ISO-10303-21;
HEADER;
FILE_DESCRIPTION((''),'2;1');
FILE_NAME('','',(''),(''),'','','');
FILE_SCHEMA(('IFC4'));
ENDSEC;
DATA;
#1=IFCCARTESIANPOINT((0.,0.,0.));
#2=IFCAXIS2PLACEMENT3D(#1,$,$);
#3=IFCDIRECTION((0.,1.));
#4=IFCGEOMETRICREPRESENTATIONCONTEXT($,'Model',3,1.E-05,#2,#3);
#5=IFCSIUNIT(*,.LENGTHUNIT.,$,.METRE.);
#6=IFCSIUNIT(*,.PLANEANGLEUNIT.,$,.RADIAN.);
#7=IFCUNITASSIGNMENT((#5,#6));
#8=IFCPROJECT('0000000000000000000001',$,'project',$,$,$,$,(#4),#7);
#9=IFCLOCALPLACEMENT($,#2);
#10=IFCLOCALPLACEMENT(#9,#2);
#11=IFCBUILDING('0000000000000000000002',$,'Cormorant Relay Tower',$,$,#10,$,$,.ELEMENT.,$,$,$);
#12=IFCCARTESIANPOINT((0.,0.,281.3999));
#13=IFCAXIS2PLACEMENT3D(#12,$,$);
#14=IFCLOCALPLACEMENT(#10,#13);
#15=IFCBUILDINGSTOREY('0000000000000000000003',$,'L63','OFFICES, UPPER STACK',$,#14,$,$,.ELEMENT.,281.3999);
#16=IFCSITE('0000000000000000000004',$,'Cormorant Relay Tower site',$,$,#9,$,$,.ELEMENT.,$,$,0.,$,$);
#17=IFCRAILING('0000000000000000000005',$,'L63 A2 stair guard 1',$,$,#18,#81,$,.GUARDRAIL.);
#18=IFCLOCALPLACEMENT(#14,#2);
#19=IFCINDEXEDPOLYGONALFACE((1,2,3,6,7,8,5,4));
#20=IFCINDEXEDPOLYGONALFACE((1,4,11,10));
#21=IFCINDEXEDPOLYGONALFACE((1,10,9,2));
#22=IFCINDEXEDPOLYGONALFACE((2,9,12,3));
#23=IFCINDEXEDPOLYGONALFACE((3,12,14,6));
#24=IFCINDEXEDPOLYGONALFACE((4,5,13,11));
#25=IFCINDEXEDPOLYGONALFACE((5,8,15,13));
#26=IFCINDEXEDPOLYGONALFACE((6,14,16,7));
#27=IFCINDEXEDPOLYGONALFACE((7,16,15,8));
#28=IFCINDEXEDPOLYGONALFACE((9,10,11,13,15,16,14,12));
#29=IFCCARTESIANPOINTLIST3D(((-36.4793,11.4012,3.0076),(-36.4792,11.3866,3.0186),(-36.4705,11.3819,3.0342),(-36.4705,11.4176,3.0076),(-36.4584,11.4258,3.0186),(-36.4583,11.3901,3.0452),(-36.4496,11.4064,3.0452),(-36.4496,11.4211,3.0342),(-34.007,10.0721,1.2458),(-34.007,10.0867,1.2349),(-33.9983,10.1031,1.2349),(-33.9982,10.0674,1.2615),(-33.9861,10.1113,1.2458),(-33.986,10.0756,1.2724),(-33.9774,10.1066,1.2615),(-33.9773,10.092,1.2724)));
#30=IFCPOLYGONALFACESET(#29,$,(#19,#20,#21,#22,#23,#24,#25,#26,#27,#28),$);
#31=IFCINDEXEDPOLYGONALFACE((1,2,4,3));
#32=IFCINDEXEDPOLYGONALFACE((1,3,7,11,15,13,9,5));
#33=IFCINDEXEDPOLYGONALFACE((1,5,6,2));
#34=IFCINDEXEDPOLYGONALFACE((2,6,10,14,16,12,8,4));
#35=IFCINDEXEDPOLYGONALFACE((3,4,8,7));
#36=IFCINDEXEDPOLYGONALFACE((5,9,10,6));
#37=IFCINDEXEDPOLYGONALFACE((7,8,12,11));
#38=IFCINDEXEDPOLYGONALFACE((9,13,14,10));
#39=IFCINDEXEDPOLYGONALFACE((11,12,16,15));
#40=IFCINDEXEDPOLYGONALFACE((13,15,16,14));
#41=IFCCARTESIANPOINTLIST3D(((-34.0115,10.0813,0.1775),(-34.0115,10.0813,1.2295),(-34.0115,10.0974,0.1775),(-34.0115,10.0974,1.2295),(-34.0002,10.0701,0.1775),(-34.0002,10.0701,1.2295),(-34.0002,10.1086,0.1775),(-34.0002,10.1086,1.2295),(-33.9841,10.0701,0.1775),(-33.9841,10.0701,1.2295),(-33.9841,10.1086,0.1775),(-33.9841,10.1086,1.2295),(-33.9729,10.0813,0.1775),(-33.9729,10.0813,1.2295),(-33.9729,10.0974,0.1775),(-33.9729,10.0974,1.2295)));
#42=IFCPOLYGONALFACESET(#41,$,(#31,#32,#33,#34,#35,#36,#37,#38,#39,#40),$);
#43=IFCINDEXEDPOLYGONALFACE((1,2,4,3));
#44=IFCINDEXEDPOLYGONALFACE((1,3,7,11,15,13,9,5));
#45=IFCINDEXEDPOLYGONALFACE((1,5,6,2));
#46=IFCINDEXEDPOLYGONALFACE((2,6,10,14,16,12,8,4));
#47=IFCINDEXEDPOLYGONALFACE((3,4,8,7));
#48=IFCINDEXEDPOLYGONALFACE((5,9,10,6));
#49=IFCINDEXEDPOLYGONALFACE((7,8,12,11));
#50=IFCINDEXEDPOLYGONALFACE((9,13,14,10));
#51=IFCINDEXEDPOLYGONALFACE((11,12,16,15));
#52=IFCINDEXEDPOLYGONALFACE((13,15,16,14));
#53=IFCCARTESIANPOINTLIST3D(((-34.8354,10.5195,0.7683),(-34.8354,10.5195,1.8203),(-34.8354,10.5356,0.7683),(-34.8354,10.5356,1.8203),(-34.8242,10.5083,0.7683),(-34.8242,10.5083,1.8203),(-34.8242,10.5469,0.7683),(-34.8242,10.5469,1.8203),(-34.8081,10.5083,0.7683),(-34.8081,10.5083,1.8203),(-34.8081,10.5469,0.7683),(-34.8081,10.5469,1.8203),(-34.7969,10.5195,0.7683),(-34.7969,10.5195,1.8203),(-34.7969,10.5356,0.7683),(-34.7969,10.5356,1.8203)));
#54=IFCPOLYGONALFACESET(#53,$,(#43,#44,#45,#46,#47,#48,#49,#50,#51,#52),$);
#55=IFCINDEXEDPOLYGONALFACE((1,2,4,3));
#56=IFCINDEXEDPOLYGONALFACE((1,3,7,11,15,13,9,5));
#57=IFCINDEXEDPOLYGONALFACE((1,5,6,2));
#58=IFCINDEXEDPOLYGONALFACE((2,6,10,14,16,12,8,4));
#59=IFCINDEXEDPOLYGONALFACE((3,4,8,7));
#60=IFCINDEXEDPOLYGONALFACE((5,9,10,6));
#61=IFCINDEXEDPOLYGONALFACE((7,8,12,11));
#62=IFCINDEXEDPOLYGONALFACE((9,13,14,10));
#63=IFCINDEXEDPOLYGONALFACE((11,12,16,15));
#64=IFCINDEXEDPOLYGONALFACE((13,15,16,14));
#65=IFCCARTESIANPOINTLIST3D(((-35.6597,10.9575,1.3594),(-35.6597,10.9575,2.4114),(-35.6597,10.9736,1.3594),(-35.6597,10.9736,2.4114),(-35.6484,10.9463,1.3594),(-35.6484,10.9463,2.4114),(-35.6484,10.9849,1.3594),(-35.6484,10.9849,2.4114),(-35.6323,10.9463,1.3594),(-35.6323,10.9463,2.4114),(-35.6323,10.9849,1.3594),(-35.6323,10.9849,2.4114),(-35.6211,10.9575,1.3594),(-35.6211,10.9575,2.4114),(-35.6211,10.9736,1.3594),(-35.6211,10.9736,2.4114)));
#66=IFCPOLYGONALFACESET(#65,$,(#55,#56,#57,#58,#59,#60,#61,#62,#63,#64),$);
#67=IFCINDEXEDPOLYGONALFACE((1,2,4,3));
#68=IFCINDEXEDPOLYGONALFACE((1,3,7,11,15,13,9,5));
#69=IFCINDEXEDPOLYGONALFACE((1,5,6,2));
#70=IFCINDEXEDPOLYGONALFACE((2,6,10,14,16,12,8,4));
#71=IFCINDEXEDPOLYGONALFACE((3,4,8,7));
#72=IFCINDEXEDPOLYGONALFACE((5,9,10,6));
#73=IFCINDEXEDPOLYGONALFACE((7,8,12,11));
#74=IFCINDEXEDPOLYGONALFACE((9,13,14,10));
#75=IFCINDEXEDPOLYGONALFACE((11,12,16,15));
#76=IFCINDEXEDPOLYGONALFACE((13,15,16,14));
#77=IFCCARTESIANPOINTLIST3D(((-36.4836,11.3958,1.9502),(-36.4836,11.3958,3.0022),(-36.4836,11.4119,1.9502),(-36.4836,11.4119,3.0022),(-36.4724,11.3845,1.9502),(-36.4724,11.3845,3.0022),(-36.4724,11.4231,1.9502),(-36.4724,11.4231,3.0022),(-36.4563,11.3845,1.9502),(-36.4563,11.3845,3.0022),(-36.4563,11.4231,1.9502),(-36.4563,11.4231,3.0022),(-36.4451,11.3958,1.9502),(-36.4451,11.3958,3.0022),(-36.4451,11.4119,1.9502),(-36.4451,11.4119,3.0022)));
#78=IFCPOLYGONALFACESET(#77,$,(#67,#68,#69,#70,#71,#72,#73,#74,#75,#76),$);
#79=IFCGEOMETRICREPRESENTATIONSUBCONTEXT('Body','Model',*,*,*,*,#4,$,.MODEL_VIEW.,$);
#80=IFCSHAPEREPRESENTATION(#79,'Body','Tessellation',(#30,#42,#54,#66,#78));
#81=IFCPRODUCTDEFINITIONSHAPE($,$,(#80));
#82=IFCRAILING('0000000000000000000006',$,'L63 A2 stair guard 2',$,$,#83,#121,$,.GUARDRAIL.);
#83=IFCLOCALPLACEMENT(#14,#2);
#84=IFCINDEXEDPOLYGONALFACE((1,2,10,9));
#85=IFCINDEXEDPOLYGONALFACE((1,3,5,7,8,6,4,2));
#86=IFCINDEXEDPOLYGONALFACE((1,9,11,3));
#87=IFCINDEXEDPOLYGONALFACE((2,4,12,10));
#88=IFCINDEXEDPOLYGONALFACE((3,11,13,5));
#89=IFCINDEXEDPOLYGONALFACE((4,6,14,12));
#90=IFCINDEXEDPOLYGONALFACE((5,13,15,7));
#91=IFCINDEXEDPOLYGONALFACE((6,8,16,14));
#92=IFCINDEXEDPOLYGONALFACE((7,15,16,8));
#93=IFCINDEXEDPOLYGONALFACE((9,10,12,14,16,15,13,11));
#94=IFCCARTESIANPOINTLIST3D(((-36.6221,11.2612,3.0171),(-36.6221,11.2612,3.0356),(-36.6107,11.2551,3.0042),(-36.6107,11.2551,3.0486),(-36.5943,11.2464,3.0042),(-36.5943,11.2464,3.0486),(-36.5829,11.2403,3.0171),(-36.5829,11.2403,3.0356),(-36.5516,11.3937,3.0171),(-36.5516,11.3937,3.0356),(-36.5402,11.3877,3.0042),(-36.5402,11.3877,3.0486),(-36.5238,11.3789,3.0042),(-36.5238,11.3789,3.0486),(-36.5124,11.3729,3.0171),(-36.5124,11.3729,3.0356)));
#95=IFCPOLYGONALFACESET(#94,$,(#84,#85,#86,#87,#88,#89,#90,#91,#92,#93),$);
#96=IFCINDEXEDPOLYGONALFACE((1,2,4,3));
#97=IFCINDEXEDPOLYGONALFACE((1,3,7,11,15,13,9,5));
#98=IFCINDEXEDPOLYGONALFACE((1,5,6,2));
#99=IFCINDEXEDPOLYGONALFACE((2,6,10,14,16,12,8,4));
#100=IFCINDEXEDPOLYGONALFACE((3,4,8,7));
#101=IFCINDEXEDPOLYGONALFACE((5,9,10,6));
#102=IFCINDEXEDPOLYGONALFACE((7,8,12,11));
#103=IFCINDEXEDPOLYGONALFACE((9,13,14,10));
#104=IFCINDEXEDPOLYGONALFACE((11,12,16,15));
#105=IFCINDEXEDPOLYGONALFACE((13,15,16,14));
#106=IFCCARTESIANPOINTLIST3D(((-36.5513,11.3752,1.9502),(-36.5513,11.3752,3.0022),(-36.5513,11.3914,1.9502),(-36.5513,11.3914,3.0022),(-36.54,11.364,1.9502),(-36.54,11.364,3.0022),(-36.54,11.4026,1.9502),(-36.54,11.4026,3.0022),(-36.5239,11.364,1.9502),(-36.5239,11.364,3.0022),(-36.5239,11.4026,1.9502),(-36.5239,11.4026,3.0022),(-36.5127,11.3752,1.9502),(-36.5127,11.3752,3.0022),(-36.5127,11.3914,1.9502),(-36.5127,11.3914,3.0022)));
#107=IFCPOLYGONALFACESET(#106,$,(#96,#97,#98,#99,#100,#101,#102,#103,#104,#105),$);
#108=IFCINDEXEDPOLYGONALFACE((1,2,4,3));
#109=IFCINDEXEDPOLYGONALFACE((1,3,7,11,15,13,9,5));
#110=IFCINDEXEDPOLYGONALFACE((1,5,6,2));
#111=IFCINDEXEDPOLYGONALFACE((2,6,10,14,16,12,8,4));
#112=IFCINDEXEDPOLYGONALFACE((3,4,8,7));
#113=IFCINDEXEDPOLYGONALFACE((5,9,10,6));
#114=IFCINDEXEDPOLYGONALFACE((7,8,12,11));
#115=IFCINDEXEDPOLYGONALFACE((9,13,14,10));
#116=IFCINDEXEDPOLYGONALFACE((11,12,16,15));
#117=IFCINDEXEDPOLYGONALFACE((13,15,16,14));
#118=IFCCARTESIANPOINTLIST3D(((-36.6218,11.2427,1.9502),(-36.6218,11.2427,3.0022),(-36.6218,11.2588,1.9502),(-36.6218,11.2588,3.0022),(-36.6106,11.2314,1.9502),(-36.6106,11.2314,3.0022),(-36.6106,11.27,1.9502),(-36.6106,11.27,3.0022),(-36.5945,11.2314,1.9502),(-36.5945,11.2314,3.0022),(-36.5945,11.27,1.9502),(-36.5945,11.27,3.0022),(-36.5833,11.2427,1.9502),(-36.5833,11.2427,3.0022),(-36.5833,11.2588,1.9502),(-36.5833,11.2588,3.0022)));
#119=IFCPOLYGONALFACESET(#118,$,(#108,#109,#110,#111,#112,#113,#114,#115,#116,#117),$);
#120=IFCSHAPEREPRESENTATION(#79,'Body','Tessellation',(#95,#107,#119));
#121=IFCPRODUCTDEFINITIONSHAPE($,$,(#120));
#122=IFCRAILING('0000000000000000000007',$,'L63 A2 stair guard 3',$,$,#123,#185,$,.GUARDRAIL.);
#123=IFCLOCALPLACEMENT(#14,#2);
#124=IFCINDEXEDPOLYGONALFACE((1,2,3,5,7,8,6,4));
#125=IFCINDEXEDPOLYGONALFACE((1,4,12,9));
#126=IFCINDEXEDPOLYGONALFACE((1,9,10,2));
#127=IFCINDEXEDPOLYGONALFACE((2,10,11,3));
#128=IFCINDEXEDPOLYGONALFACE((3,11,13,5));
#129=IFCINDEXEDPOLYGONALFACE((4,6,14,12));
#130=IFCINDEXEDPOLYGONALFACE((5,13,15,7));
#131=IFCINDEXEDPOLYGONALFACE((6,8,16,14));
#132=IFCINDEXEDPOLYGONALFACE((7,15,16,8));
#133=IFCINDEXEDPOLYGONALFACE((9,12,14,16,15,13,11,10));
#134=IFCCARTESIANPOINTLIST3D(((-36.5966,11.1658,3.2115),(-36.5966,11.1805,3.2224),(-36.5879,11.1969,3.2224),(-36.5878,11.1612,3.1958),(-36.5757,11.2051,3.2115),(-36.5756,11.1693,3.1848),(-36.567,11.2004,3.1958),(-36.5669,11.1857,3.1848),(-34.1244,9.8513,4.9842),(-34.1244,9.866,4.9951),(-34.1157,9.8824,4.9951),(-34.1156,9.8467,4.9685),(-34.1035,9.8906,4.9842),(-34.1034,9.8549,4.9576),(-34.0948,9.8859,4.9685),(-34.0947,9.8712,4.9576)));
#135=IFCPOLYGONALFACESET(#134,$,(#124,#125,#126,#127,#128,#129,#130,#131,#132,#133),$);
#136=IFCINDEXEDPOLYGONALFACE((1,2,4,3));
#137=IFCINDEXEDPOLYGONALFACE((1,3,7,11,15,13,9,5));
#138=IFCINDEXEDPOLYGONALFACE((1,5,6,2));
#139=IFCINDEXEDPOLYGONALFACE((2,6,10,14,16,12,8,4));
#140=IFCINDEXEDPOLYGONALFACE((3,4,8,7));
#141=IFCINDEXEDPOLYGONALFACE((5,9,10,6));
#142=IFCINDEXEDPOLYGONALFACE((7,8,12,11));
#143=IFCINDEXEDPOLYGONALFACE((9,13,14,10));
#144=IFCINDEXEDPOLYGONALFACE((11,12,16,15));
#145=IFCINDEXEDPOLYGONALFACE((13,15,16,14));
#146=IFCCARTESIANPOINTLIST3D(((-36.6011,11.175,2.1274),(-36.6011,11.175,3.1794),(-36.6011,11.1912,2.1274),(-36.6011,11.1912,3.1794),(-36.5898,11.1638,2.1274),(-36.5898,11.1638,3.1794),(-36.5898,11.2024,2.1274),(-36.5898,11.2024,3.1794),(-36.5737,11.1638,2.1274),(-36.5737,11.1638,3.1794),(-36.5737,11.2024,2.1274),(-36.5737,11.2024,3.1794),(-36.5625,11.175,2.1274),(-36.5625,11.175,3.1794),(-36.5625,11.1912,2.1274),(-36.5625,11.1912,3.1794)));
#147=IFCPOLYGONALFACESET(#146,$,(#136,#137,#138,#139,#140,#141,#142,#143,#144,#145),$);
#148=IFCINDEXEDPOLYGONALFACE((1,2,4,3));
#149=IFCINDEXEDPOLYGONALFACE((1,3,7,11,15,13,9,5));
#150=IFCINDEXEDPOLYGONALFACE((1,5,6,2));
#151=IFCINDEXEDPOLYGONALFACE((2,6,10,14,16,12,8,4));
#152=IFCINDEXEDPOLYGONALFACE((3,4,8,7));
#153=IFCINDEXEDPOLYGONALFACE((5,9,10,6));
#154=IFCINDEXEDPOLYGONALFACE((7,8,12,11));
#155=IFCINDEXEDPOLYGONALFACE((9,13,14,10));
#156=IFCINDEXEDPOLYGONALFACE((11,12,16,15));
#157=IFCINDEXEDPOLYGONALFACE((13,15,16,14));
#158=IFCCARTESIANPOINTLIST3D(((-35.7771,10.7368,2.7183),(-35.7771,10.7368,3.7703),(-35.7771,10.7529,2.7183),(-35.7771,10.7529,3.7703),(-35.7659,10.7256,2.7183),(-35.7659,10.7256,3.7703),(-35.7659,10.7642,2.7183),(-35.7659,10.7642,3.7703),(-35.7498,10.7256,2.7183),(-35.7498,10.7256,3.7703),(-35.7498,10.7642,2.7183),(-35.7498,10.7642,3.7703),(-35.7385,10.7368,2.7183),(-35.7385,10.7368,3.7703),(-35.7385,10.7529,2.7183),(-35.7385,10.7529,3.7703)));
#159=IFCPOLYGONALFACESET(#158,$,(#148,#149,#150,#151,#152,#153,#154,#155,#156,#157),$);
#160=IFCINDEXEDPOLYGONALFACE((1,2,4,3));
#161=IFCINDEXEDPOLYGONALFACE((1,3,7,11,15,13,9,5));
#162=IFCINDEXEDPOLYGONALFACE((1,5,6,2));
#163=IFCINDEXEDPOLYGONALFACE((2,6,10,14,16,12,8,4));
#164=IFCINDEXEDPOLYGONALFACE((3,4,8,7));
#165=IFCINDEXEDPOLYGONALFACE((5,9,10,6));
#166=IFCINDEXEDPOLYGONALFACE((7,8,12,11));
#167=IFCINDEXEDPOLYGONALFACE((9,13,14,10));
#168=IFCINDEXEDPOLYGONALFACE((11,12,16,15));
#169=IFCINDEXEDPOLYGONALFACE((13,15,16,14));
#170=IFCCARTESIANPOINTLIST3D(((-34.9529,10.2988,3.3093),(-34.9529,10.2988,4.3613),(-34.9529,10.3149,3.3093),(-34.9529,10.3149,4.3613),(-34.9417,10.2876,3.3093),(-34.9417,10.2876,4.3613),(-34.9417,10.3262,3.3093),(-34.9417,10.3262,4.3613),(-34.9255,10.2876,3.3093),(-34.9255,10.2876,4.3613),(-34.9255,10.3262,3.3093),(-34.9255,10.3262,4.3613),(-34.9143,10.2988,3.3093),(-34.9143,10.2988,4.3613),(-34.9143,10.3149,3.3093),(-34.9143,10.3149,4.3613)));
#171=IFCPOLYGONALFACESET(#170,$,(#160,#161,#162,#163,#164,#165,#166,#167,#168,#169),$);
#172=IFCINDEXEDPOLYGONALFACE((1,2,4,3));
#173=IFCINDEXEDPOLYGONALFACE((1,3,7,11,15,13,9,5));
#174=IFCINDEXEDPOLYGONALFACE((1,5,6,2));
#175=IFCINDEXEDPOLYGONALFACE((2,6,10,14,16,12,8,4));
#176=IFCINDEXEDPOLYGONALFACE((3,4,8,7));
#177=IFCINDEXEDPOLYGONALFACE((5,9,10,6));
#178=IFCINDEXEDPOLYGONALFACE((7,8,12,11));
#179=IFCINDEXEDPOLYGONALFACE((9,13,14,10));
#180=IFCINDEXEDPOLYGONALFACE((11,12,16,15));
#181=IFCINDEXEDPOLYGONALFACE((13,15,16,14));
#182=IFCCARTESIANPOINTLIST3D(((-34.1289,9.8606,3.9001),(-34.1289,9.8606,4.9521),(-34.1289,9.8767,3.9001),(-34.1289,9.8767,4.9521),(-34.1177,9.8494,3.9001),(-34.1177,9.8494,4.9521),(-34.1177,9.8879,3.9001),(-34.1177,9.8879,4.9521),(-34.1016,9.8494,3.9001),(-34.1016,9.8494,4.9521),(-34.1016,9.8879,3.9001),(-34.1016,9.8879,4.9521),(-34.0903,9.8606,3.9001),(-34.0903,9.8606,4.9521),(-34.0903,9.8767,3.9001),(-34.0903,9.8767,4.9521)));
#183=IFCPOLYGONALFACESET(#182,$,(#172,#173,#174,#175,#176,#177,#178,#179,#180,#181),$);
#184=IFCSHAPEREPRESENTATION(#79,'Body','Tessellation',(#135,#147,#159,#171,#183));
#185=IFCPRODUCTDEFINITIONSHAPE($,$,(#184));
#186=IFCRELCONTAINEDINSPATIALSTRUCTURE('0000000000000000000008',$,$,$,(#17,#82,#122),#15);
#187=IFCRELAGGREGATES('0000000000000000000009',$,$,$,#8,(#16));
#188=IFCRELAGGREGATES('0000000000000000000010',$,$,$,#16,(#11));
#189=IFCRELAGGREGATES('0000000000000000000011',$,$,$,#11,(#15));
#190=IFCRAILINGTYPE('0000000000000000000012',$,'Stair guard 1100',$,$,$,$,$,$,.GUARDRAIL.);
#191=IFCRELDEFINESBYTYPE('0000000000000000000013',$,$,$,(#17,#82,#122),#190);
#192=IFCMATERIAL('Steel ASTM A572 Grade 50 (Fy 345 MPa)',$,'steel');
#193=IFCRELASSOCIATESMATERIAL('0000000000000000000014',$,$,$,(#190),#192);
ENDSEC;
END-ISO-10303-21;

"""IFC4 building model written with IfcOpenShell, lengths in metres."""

from ifc_helpers import new_model, si_unit, direction, frame, origin, place, context, subcontext, project, spatial, polyline, outline, extrude, material, type_object, element, save


model = new_model("IFC4")

# Units and contexts
model_context = context("Model", 3, precision=1e-05, world=origin(), true_north=direction((0.0, 1.0)))
body_context = subcontext(model_context, "Body", "Model", "MODEL_VIEW")
ifc_project = project(units=[si_unit("LENGTHUNIT", "METRE"), si_unit("PLANEANGLEUNIT", "RADIAN")], contexts=[model_context])

# Site, building, storey
site_placement = place(None, origin())
site = spatial("IfcSite", under=ifc_project, at=site_placement, Name="Cormorant Relay Tower site", CompositionType="ELEMENT", RefElevation=0.0)
building_placement = place(site_placement, origin())
building = spatial("IfcBuilding", under=site, at=building_placement, Name="Cormorant Relay Tower", CompositionType="ELEMENT")
storey_placement = place(building_placement, frame((0.0, 0.0, 281.3999)))
storey = spatial("IfcBuildingStorey", under=building, at=storey_placement, Name="L63", Description="OFFICES, UPPER STACK", CompositionType="ELEMENT", Elevation=281.3999)

# Railings
ifc_material_1 = material(Name="Steel ASTM A572 Grade 50 (Fy 345 MPa)", Category="steel")
railing_type_1 = type_object("IfcRailingType", Name="Stair guard 1100", PredefinedType="GUARDRAIL", material=ifc_material_1)
railing_1_placement = place(storey_placement, frame((-33.9922, 10.0894, 0.1775)))
element("IfcRailing", 1, at=railing_1_placement, inside=storey, type_object=railing_type_1, Name="L63 A2 stair guard 1", PredefinedType="GUARDRAIL", context=body_context, shape_type="SweptSolid", body=[
    extrude(outline(polyline([(0.0222, 0.0093), (0.0093, 0.0222), (-0.0093, 0.0222), (-0.0222, 0.0093), (-0.0222, -0.0093), (-0.0093, -0.0222), (0.0093, -0.0222), (0.0222, -0.0093), (0.0222, 0.0093)])), frame((0.0, 0.0, 1.0762), z_axis=(-0.746001, 0.396649, 0.534931), x_axis=(-0.469465, -0.882951, 0.0)), (0.0, 0.0, 1.0), 3.314),
    extrude(outline(polyline([(0.0193, 0.0081), (0.0081, 0.0193), (-0.0081, 0.0193), (-0.0193, 0.0081), (-0.0193, -0.0081), (-0.0081, -0.0193), (0.0081, -0.0193), (0.0193, -0.0081), (0.0193, 0.0081)])), origin(), (0.0, 0.0, 1.0), 1.052),
    extrude(outline(polyline([(0.0193, 0.0081), (0.0081, 0.0193), (-0.0081, 0.0193), (-0.0193, 0.0081), (-0.0193, -0.0081), (-0.0081, -0.0193), (0.0081, -0.0193), (0.0193, -0.0081), (0.0193, 0.0081)])), frame((-0.824, 0.4382, 0.5908)), (0.0, 0.0, 1.0), 1.052),
    extrude(outline(polyline([(0.0193, 0.0081), (0.0081, 0.0193), (-0.0081, 0.0193), (-0.0193, 0.0081), (-0.0193, -0.0081), (-0.0081, -0.0193), (0.0081, -0.0193), (0.0193, -0.0081), (0.0193, 0.0081)])), frame((-1.6482, 0.8762, 1.1819)), (0.0, 0.0, 1.0), 1.052),
    extrude(outline(polyline([(0.0193, 0.0081), (0.0081, 0.0193), (-0.0081, 0.0193), (-0.0193, 0.0081), (-0.0193, -0.0081), (-0.0081, -0.0193), (0.0081, -0.0193), (0.0193, -0.0081), (0.0193, 0.0081)])), frame((-2.4722, 1.3145, 1.7727)), (0.0, 0.0, 1.0), 1.052),
])
railing_2_placement = place(storey_placement, frame((-36.532, 11.3833, 1.9502)))
element("IfcRailing", 2, at=railing_2_placement, inside=storey, type_object=railing_type_1, Name="L63 A2 stair guard 2", PredefinedType="GUARDRAIL", context=body_context, shape_type="SweptSolid", body=[
    extrude(outline(polyline([(0.0222, 0.0093), (0.0093, 0.0222), (-0.0093, 0.0222), (-0.0222, 0.0093), (-0.0222, -0.0093), (-0.0093, -0.0222), (0.0093, -0.0222), (0.0222, -0.0093), (0.0222, 0.0093)])), frame((0.0, 0.0, 1.0762), z_axis=(-0.469829, -0.882758, 0.0), x_axis=(0.882758, -0.469829, 0.0)), (0.0, 0.0, 1.0), 0.1501),
    extrude(outline(polyline([(0.0193, 0.0081), (0.0081, 0.0193), (-0.0081, 0.0193), (-0.0193, 0.0081), (-0.0193, -0.0081), (-0.0081, -0.0193), (0.0081, -0.0193), (0.0193, -0.0081), (0.0193, 0.0081)])), origin(), (0.0, 0.0, 1.0), 1.052),
    extrude(outline(polyline([(0.0193, 0.0081), (0.0081, 0.0193), (-0.0081, 0.0193), (-0.0193, 0.0081), (-0.0193, -0.0081), (-0.0081, -0.0193), (0.0081, -0.0193), (0.0193, -0.0081), (0.0193, 0.0081)])), frame((-0.0706, -0.1326, 0.0)), (0.0, 0.0, 1.0), 1.052),
])
railing_3_placement = place(storey_placement, frame((-36.5818, 11.1831, 2.1274)))
element("IfcRailing", 3, at=railing_3_placement, inside=storey, type_object=railing_type_1, Name="L63 A2 stair guard 3", PredefinedType="GUARDRAIL", context=body_context, shape_type="SweptSolid", body=[
    extrude(outline(polyline([(0.0222, 0.0093), (0.0093, 0.0222), (-0.0093, 0.0222), (-0.0222, 0.0093), (-0.0222, -0.0093), (-0.0093, -0.0222), (0.0093, -0.0222), (0.0222, -0.0093), (0.0222, 0.0093)])), frame((0.0, 0.0, 1.0762), z_axis=(0.746001, -0.396649, 0.534931), x_axis=(0.469465, 0.882951, 0.0)), (0.0, 0.0, 1.0), 3.314),
    extrude(outline(polyline([(0.0193, 0.0081), (0.0081, 0.0193), (-0.0081, 0.0193), (-0.0193, 0.0081), (-0.0193, -0.0081), (-0.0081, -0.0193), (0.0081, -0.0193), (0.0193, -0.0081), (0.0193, 0.0081)])), origin(), (0.0, 0.0, 1.0), 1.052),
    extrude(outline(polyline([(0.0193, 0.0081), (0.0081, 0.0193), (-0.0081, 0.0193), (-0.0193, 0.0081), (-0.0193, -0.0081), (-0.0081, -0.0193), (0.0081, -0.0193), (0.0193, -0.0081), (0.0193, 0.0081)])), frame((0.824, -0.4382, 0.5908)), (0.0, 0.0, 1.0), 1.052),
    extrude(outline(polyline([(0.0193, 0.0081), (0.0081, 0.0193), (-0.0081, 0.0193), (-0.0193, 0.0081), (-0.0193, -0.0081), (-0.0081, -0.0193), (0.0081, -0.0193), (0.0193, -0.0081), (0.0193, 0.0081)])), frame((1.6482, -0.8762, 1.1819)), (0.0, 0.0, 1.0), 1.052),
    extrude(outline(polyline([(0.0193, 0.0081), (0.0081, 0.0193), (-0.0081, 0.0193), (-0.0193, 0.0081), (-0.0193, -0.0081), (-0.0081, -0.0193), (0.0081, -0.0193), (0.0193, -0.0081), (0.0193, 0.0081)])), frame((2.4722, -1.3145, 1.7727)), (0.0, 0.0, 1.0), 1.052),
])

save(model, "model.ifc")
